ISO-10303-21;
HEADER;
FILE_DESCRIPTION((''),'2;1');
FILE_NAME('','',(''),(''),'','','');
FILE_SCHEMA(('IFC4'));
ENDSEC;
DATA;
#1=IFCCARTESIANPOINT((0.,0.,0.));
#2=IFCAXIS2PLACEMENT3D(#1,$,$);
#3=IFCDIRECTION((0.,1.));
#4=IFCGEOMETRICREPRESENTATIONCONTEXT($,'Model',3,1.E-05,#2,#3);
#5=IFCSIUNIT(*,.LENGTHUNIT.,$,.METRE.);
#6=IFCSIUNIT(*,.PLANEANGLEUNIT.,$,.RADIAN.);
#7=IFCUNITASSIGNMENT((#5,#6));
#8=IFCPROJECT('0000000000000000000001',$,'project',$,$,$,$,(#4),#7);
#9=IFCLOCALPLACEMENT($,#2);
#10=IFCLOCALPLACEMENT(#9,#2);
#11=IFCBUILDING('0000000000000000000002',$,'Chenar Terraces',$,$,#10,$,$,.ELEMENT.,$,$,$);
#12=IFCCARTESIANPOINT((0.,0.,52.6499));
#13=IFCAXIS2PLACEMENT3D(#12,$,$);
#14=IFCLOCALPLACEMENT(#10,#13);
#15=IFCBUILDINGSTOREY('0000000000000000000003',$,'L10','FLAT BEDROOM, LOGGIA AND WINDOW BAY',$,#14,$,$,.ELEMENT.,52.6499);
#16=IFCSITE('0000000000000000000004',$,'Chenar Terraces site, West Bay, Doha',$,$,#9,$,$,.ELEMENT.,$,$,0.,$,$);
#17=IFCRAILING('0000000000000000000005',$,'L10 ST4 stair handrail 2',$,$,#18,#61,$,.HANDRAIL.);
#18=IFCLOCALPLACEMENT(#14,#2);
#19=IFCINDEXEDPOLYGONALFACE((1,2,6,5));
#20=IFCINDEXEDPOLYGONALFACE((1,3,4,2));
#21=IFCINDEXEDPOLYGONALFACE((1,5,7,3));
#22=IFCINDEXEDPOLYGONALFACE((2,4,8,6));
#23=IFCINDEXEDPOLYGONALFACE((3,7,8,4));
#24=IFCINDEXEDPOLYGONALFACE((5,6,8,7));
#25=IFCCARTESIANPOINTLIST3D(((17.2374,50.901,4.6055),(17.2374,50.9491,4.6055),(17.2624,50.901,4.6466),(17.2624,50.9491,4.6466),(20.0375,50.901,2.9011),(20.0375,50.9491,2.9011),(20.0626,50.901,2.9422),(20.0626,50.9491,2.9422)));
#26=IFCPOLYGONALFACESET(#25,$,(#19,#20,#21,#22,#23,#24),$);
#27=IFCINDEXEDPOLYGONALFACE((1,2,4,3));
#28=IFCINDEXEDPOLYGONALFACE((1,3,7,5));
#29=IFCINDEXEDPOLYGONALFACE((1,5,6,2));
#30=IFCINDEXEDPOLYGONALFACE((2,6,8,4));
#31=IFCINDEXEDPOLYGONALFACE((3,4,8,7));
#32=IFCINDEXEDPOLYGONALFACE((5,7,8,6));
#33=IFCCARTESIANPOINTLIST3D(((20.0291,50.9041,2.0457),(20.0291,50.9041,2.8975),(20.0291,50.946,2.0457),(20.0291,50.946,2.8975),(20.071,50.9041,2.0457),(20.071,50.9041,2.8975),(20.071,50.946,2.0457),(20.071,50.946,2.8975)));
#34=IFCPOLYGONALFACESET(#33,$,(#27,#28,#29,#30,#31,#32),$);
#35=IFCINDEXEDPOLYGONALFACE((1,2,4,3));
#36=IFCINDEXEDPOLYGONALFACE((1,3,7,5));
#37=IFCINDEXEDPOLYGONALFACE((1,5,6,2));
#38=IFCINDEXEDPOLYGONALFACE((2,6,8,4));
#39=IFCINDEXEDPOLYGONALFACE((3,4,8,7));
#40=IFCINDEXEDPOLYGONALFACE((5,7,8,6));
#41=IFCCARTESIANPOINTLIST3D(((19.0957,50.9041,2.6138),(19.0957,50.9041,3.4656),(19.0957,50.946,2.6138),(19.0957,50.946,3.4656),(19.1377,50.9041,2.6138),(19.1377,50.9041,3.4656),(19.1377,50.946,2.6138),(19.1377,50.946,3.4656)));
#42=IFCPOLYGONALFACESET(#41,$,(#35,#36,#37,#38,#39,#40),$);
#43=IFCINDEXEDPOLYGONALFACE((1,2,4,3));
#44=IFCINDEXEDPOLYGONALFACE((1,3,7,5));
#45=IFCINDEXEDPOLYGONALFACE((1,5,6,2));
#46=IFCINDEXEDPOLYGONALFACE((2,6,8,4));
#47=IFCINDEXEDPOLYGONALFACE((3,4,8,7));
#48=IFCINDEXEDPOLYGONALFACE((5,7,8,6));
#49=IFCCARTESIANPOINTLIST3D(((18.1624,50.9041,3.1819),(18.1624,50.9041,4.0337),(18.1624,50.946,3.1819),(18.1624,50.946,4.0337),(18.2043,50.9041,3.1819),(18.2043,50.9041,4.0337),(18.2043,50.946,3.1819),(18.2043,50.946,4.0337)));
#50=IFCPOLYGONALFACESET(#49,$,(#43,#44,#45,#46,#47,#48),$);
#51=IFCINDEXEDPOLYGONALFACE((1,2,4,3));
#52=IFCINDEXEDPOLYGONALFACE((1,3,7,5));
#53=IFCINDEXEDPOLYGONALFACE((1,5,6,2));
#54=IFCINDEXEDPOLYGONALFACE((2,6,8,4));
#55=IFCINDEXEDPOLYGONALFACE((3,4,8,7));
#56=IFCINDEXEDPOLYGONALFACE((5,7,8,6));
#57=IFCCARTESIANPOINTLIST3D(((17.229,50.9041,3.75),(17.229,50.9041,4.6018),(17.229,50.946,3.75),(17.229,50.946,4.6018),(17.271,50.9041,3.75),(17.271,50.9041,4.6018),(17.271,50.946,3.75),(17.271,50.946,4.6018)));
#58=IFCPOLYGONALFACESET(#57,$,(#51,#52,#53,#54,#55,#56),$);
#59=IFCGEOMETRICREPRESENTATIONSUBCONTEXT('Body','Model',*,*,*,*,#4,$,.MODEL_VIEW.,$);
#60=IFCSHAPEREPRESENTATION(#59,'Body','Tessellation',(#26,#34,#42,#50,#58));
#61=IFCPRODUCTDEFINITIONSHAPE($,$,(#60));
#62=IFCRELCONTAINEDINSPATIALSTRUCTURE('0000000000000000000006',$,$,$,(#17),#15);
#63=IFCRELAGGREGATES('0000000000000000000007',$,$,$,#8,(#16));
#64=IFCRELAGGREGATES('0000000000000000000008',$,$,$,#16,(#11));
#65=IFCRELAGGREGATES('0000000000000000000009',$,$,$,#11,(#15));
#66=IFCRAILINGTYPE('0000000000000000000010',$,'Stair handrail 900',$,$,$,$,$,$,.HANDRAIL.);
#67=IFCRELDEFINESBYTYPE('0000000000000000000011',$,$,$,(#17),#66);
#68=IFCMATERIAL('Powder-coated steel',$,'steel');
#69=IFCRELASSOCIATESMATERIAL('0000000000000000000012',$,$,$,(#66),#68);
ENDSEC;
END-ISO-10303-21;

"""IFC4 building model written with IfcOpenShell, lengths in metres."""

from ifc_helpers import new_model, si_unit, direction, frame, origin, origin_2d, place, context, subcontext, project, spatial, rectangle, extrude, material, type_object, element, save


model = new_model("IFC4")

# Units and contexts
model_context = context("Model", 3, precision=1e-05, world=origin(), true_north=direction((0.0, 1.0)))
body_context = subcontext(model_context, "Body", "Model", "MODEL_VIEW")
ifc_project = project(units=[si_unit("LENGTHUNIT", "METRE"), si_unit("PLANEANGLEUNIT", "RADIAN")], contexts=[model_context])

# Site, building, storey
site_placement = place(None, origin())
site = spatial("IfcSite", under=ifc_project, at=site_placement, Name="Chenar Terraces site, West Bay, Doha", CompositionType="ELEMENT", RefElevation=0.0)
building_placement = place(site_placement, origin())
building = spatial("IfcBuilding", under=site, at=building_placement, Name="Chenar Terraces", CompositionType="ELEMENT")
storey_placement = place(building_placement, frame((0.0, 0.0, 52.6499)))
storey = spatial("IfcBuildingStorey", under=building, at=storey_placement, Name="L10", Description="FLAT BEDROOM, LOGGIA AND WINDOW BAY", CompositionType="ELEMENT", Elevation=52.6499)

# Railing
ifc_material_1 = material(Name="Powder-coated steel", Category="steel")
railing_type_1 = type_object("IfcRailingType", Name="Stair handrail 900", PredefinedType="HANDRAIL", material=ifc_material_1)
railing_1_placement = place(storey_placement, frame((20.05, 50.925, 2.0457)))
element("IfcRailing", 1, at=railing_1_placement, inside=storey, type_object=railing_type_1, Name="L10 ST4 stair handrail 2", PredefinedType="HANDRAIL", context=body_context, shape_type="SweptSolid", body=[
    extrude(rectangle(XDim=0.0481, YDim=0.0481, at=origin_2d()), frame((0.0, 0.0, 0.876), z_axis=(-0.854203, 0.0, 0.51994), x_axis=(0.0, -1.0, 0.0)), (0.0, 0.0, 1.0), 3.2781),
    extrude(rectangle(XDim=0.042, YDim=0.042, at=origin_2d()), origin(), (0.0, 0.0, 1.0), 0.8518),
    extrude(rectangle(XDim=0.042, YDim=0.042, at=origin_2d()), frame((-0.9333, 0.0, 0.5681)), (0.0, 0.0, 1.0), 0.8518),
    extrude(rectangle(XDim=0.042, YDim=0.042, at=origin_2d()), frame((-1.8667, 0.0, 1.1362)), (0.0, 0.0, 1.0), 0.8518),
    extrude(rectangle(XDim=0.042, YDim=0.042, at=origin_2d()), frame((-2.8, 0.0, 1.7043)), (0.0, 0.0, 1.0), 0.8518),
])

save(model, "model.ifc")
